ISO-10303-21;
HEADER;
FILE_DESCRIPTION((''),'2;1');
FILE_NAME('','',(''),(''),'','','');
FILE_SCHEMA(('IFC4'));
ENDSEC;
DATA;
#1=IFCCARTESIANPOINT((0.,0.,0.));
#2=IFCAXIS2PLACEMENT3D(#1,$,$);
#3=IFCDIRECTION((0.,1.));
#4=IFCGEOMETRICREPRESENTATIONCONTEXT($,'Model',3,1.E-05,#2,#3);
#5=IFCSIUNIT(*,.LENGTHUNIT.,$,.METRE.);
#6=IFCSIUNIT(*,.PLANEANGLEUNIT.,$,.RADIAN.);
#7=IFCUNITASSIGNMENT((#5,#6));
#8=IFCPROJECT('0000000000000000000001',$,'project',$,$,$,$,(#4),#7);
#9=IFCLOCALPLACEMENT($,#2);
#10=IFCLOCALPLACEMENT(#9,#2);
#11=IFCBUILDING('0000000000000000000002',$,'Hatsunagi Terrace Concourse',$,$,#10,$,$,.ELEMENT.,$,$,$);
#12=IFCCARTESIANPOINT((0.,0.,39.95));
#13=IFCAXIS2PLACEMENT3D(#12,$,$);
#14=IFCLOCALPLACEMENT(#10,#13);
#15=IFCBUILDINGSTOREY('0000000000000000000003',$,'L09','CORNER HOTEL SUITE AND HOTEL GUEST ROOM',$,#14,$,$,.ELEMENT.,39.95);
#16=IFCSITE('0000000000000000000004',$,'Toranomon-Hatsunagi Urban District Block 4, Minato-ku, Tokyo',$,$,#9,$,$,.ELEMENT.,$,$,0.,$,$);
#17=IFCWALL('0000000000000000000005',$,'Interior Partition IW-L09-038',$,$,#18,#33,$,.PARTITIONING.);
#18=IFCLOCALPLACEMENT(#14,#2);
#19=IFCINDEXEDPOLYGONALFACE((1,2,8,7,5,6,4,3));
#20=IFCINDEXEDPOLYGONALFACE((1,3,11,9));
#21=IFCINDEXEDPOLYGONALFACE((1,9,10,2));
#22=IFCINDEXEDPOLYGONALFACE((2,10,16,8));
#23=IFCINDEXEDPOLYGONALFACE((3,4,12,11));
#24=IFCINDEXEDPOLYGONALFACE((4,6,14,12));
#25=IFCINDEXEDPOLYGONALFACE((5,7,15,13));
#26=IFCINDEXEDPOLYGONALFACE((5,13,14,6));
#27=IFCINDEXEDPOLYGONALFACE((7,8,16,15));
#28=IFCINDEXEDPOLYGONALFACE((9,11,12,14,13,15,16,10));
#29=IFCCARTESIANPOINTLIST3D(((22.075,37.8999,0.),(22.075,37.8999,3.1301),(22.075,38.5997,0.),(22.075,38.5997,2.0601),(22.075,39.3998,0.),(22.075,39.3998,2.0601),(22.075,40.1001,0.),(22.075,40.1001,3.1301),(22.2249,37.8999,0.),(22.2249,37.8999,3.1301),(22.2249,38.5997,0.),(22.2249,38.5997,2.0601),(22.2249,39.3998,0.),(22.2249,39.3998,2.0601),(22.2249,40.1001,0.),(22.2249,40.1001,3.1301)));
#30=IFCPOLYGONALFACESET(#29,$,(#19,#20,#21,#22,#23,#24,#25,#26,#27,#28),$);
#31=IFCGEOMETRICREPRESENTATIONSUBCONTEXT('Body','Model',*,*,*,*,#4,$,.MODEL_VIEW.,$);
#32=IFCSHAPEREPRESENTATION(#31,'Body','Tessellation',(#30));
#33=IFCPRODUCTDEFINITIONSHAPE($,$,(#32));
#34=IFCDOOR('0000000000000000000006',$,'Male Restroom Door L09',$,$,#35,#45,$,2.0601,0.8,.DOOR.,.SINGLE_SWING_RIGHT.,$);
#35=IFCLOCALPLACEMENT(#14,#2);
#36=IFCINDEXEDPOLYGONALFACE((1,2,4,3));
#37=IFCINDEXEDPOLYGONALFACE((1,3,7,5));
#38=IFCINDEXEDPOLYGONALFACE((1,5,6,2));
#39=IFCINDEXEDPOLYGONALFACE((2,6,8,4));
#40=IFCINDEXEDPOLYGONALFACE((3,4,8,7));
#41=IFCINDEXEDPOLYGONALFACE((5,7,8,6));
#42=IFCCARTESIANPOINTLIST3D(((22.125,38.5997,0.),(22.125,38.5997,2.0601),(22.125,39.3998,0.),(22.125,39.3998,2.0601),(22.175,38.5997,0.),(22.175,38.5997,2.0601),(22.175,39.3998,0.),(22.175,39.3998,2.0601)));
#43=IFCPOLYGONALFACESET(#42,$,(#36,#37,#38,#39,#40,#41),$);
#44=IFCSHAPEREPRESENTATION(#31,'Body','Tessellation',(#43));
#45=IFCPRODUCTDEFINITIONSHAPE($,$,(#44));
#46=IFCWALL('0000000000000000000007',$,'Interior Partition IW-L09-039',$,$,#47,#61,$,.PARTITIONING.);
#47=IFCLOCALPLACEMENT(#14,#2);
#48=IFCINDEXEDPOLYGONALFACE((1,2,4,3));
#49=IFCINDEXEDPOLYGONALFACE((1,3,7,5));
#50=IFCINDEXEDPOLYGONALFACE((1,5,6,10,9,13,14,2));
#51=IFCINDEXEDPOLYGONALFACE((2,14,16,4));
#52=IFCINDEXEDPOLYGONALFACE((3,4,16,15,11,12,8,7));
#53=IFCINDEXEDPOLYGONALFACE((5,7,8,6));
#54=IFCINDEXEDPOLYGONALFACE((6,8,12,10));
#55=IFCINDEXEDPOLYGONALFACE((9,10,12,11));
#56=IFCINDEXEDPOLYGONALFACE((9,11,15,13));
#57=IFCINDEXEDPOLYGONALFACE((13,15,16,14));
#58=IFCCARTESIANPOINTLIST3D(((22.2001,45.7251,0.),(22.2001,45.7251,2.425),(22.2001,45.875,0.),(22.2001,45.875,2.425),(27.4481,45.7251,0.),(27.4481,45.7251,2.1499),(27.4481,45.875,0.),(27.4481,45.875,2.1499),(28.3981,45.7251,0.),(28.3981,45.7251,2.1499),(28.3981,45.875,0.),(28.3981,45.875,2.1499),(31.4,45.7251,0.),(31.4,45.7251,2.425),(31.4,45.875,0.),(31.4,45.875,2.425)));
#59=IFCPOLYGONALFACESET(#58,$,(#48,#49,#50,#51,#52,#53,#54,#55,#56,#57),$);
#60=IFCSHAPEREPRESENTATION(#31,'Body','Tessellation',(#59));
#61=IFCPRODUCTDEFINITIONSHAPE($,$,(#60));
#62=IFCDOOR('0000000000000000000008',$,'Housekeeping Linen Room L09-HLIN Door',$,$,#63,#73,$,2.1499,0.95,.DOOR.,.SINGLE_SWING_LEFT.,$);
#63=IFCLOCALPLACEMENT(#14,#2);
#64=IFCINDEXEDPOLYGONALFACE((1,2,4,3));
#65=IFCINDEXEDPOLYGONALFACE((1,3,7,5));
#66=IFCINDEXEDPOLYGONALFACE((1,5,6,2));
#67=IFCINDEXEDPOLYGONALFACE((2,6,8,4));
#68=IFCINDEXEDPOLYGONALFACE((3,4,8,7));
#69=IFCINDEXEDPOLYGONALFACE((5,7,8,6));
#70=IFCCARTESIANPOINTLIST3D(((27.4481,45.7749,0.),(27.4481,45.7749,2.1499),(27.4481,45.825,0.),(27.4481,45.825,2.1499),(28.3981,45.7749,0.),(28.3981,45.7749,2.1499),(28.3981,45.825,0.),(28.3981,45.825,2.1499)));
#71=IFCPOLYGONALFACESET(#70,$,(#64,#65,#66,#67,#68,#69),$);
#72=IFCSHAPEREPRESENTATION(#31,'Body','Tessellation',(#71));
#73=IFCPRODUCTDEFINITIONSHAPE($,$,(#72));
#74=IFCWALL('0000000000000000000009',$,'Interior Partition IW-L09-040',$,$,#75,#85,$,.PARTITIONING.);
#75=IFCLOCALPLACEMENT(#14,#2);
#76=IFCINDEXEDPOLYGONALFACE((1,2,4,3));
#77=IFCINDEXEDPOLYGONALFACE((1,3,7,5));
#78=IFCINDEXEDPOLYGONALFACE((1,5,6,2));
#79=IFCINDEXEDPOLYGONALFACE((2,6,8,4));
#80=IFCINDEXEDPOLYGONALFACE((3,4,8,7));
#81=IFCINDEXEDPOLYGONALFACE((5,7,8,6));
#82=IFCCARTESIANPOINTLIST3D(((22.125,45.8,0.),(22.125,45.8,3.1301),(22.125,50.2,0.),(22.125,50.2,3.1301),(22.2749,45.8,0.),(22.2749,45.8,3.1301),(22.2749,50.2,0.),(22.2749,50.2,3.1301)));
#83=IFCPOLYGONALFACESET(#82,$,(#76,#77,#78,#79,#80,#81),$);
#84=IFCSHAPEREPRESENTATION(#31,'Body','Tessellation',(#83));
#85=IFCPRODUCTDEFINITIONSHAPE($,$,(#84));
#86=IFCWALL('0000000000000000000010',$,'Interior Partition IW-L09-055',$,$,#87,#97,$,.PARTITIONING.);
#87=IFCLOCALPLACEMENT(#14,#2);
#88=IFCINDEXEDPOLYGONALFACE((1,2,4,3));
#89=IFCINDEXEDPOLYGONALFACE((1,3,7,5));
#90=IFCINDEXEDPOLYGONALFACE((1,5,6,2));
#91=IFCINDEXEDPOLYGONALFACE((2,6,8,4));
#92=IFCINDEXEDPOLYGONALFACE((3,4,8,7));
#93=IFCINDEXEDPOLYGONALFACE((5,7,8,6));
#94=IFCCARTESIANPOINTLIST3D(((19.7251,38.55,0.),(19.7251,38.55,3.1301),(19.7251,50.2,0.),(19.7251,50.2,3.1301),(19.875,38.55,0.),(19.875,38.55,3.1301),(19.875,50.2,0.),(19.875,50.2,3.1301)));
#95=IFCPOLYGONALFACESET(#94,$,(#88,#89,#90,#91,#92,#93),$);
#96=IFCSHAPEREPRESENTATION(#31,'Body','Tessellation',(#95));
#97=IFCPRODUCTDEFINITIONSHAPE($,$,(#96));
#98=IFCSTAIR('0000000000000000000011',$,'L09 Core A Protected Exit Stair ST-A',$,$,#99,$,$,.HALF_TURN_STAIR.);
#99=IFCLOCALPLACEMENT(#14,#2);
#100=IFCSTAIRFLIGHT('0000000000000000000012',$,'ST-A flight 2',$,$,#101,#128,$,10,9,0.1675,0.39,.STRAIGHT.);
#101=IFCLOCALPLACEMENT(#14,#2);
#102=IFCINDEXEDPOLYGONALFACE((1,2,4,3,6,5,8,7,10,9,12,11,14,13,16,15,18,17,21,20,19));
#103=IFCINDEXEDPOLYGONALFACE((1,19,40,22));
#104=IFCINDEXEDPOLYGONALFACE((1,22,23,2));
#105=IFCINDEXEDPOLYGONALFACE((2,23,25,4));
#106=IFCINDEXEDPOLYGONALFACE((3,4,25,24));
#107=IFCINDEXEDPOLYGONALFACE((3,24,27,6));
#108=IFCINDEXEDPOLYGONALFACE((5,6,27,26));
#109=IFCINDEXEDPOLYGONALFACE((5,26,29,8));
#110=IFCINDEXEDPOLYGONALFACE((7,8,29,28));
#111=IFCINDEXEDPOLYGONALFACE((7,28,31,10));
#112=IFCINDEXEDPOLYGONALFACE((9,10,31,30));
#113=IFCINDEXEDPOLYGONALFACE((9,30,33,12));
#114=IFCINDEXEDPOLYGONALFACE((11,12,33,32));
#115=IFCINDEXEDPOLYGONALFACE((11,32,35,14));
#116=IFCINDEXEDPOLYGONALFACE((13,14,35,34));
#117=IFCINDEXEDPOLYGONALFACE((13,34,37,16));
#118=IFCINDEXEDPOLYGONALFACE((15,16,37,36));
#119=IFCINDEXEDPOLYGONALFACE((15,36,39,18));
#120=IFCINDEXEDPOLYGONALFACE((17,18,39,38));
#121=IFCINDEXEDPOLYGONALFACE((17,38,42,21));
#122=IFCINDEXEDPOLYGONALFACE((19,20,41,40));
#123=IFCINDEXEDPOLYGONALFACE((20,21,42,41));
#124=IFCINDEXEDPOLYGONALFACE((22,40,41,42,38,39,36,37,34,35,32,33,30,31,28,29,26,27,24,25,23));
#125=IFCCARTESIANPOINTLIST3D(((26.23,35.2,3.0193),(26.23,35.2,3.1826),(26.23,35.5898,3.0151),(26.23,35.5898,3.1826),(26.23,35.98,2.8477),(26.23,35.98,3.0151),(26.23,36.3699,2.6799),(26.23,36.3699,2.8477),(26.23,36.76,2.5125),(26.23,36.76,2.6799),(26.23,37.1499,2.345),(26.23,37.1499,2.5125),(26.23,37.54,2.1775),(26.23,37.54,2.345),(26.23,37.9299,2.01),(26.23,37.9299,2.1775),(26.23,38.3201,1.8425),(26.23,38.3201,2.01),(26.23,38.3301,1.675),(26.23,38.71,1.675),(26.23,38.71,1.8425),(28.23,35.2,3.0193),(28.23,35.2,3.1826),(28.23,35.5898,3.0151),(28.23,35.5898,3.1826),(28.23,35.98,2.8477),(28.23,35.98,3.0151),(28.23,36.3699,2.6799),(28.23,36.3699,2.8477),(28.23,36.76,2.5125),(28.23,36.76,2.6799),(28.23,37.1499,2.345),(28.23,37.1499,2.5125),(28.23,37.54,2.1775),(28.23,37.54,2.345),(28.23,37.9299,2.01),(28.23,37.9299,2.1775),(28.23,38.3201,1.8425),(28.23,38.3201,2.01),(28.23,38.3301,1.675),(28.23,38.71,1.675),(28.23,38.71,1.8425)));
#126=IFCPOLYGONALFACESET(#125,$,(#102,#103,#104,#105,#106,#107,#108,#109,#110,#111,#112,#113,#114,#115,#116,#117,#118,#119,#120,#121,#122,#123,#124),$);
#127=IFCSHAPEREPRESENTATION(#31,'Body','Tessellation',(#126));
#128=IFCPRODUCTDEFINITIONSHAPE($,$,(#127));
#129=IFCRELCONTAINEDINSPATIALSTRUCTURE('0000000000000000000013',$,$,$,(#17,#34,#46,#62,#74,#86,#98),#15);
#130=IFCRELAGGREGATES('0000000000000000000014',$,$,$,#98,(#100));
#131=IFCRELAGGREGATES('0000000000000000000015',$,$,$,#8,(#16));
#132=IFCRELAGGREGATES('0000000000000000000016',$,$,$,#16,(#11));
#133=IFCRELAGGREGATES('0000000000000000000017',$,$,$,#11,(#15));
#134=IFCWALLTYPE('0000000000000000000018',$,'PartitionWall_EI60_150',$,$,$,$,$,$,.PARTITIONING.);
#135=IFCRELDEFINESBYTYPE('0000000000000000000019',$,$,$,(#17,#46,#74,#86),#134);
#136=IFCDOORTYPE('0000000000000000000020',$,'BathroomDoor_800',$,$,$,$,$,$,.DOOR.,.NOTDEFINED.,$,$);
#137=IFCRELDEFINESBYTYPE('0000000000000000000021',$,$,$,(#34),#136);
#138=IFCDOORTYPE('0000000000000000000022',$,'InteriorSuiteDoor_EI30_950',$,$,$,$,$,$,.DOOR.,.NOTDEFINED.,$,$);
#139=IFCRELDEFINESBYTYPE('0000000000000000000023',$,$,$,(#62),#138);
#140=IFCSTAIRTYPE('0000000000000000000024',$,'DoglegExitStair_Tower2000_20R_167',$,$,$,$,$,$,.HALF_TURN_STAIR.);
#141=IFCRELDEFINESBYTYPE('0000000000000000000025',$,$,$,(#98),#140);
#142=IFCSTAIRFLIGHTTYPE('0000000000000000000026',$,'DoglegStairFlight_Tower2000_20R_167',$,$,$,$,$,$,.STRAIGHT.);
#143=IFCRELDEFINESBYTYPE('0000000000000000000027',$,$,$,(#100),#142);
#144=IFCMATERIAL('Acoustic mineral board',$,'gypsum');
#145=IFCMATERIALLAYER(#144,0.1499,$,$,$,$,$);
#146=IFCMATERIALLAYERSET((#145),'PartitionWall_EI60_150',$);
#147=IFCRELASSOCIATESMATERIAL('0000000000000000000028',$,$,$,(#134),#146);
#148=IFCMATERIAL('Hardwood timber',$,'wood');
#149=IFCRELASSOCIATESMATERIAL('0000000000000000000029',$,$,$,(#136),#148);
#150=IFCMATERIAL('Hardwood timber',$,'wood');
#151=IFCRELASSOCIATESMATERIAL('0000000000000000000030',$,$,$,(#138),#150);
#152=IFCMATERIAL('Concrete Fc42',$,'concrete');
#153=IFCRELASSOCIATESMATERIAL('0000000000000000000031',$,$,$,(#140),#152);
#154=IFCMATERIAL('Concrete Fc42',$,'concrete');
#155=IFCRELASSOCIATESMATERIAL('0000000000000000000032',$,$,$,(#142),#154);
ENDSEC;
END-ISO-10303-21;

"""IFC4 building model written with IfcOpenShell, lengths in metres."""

from ifc_helpers import new_model, si_unit, direction, frame, frame_2d, origin, place, context, subcontext, project, spatial, polyline, rectangle, outline, extrude, material, layer, layer_set, type_object, element, fill, aggregate, save


model = new_model("IFC4")

# Units and contexts
model_context = context("Model", 3, precision=1e-05, world=origin(), true_north=direction((0.0, 1.0)))
body_context = subcontext(model_context, "Body", "Model", "MODEL_VIEW")
ifc_project = project(units=[si_unit("LENGTHUNIT", "METRE"), si_unit("PLANEANGLEUNIT", "RADIAN")], contexts=[model_context])

# Site, building, storey
site_placement = place(None, origin())
site = spatial("IfcSite", under=ifc_project, at=site_placement, Name="Toranomon-Hatsunagi Urban District Block 4, Minato-ku, Tokyo", CompositionType="ELEMENT", RefElevation=0.0)
building_placement = place(site_placement, origin())
building = spatial("IfcBuilding", under=site, at=building_placement, Name="Hatsunagi Terrace Concourse", CompositionType="ELEMENT")
storey_placement = place(building_placement, frame((0.0, 0.0, 39.95)))
storey = spatial("IfcBuildingStorey", under=building, at=storey_placement, Name="L09", Description="CORNER HOTEL SUITE AND HOTEL GUEST ROOM", CompositionType="ELEMENT", Elevation=39.95)

# Shared definitions
ifc_material_1 = material(Name="Acoustic mineral board", Category="gypsum")
ifc_layer_1 = layer(ifc_material_1, 0.1499)
ifc_layer_set_1 = layer_set([ifc_layer_1], Name="PartitionWall_EI60_150")
wall_type_1 = type_object("IfcWallType", Name="PartitionWall_EI60_150", PredefinedType="PARTITIONING", material=ifc_layer_set_1)

# Walls, openings, doors
ifc_material_2 = material(Name="Hardwood timber", Category="wood")
door_type_1 = type_object("IfcDoorType", Name="BathroomDoor_800", OperationType="NOTDEFINED", PredefinedType="DOOR", material=ifc_material_2)
wall_1_placement = place(storey_placement, frame((22.1499, 37.8999, 0.0), z_axis=(0.0, 0.0, 1.0), x_axis=(0.0, 1.0, 0.0)))
wall_1 = element("IfcWall", 1, at=wall_1_placement, inside=storey, type_object=wall_type_1, Name="Interior Partition IW-L09-038", PredefinedType="PARTITIONING", context=body_context, shape_type="SweptSolid", body=[
    extrude(rectangle(XDim=2.2002, YDim=0.1499, at=frame_2d((1.1001, 0.0))), origin(), (0.0, 0.0, 1.0), 3.1301),
])
opening_1_placement = place(wall_1_placement, frame((0.7, 0.0, 0.0)))
opening_1 = element("IfcOpeningElement", 2, at=opening_1_placement, cuts=wall_1, PredefinedType="OPENING", context=body_context, shape_type="SweptSolid", body=[
    extrude(rectangle(XDim=0.8, YDim=2.0601, at=frame_2d((0.3999, 1.03))), frame((0.0, 0.085, 0.0), z_axis=(0.0, -1.0, 0.0), x_axis=(1.0, 0.0, 0.0)), (0.0, 0.0, 1.0), 0.1699),
])
door_1_placement = place(opening_1_placement, origin())
door_1 = element("IfcDoor", 3, at=door_1_placement, inside=storey, type_object=door_type_1, Name="Male Restroom Door L09", OperationType="SINGLE_SWING_RIGHT", OverallHeight=2.0601, OverallWidth=0.8, PredefinedType="DOOR", context=body_context, shape_type="SweptSolid", body=[
    extrude(rectangle(XDim=0.8, YDim=2.0601, at=frame_2d((0.3999, 1.03))), frame((0.0, 0.0249, 0.0), z_axis=(0.0, -1.0, 0.0), x_axis=(1.0, 0.0, 0.0)), (0.0, 0.0, 1.0), 0.05),
])
fill(opening_1, door_1)
wall_2_placement = place(storey_placement, frame((22.2, 45.8, 0.0), z_axis=(0.0, 0.0, 1.0), x_axis=(1.0, 0.0, 0.0)))
wall_2 = element("IfcWall", 4, at=wall_2_placement, inside=storey, type_object=wall_type_1, Name="Interior Partition IW-L09-039", PredefinedType="PARTITIONING", context=body_context, shape_type="SweptSolid", body=[
    extrude(rectangle(XDim=9.2, YDim=0.1499, at=frame_2d((4.6001, 0.0))), origin(), (0.0, 0.0, 1.0), 2.425),
])
opening_2_placement = place(wall_2_placement, frame((5.248, 0.0, 0.0)))
opening_2 = element("IfcOpeningElement", 5, at=opening_2_placement, cuts=wall_2, PredefinedType="OPENING", context=body_context, shape_type="SweptSolid", body=[
    extrude(rectangle(XDim=0.95, YDim=2.1499, at=frame_2d((0.4751, 1.075))), frame((0.0, 0.085, 0.0), z_axis=(0.0, -1.0, 0.0), x_axis=(1.0, 0.0, 0.0)), (0.0, 0.0, 1.0), 0.1699),
])
ifc_material_3 = material(Name="Hardwood timber", Category="wood")
door_type_2 = type_object("IfcDoorType", Name="InteriorSuiteDoor_EI30_950", OperationType="NOTDEFINED", PredefinedType="DOOR", material=ifc_material_3)
door_2_placement = place(opening_2_placement, origin())
door_2 = element("IfcDoor", 6, at=door_2_placement, inside=storey, type_object=door_type_2, Name="Housekeeping Linen Room L09-HLIN Door", OperationType="SINGLE_SWING_LEFT", OverallHeight=2.1499, OverallWidth=0.95, PredefinedType="DOOR", context=body_context, shape_type="SweptSolid", body=[
    extrude(rectangle(XDim=0.95, YDim=2.1499, at=frame_2d((0.4751, 1.075))), frame((0.0, 0.0249, 0.0), z_axis=(0.0, -1.0, 0.0), x_axis=(1.0, 0.0, 0.0)), (0.0, 0.0, 1.0), 0.05),
])
fill(opening_2, door_2)

# Walls
wall_3_placement = place(storey_placement, frame((22.2, 45.8, 0.0), z_axis=(0.0, 0.0, 1.0), x_axis=(0.0, 1.0, 0.0)))
element("IfcWall", 7, at=wall_3_placement, inside=storey, type_object=wall_type_1, Name="Interior Partition IW-L09-040", PredefinedType="PARTITIONING", context=body_context, shape_type="SweptSolid", body=[
    extrude(rectangle(XDim=4.3999, YDim=0.1499, at=frame_2d((2.2, 0.0))), origin(), (0.0, 0.0, 1.0), 3.1301),
])
wall_4_placement = place(storey_placement, frame((19.8, 38.55, 0.0), z_axis=(0.0, 0.0, 1.0), x_axis=(0.0, 1.0, 0.0)))
element("IfcWall", 8, at=wall_4_placement, inside=storey, type_object=wall_type_1, Name="Interior Partition IW-L09-055", PredefinedType="PARTITIONING", context=body_context, shape_type="SweptSolid", body=[
    extrude(rectangle(XDim=11.6499, YDim=0.1499, at=frame_2d((5.825, 0.0))), origin(), (0.0, 0.0, 1.0), 3.1301),
])

# Stair, stair flight
ifc_material_4 = material(Name="Concrete Fc42", Category="concrete")
stair_type = type_object("IfcStairType", Name="DoglegExitStair_Tower2000_20R_167", PredefinedType="HALF_TURN_STAIR", material=ifc_material_4)
stair_placement = place(storey_placement, origin())
stair = element("IfcStair", 9, at=stair_placement, inside=storey, type_object=stair_type, Name="L09 Core A Protected Exit Stair ST-A", PredefinedType="HALF_TURN_STAIR")
ifc_material_5 = material(Name="Concrete Fc42", Category="concrete")
stair_flight_type = type_object("IfcStairFlightType", Name="DoglegStairFlight_Tower2000_20R_167", PredefinedType="STRAIGHT", material=ifc_material_5)
stair_flight_placement = place(storey_placement, frame((27.23, 38.71, 1.675), z_axis=(0.0, 0.0, 1.0), x_axis=(0.0, -1.0, 0.0)))
stair_flight = element("IfcStairFlight", 10, at=stair_flight_placement, type_object=stair_flight_type, Name="ST-A flight 2", NumberOfRisers=10, NumberOfTreads=9, PredefinedType="STRAIGHT", RiserHeight=0.1675, TreadLength=0.39, context=body_context, shape_type="SweptSolid", body=[
    extrude(outline(polyline([(0.0, 0.0), (0.0, 0.1675), (0.3899, 0.1675), (0.3899, 0.335), (0.78, 0.335), (0.78, 0.5024), (1.1699, 0.5024), (1.1699, 0.6699), (1.5601, 0.6699), (1.5601, 0.8374), (1.95, 0.8374), (1.95, 1.0049), (2.3401, 1.0049), (2.3401, 1.1726), (2.73, 1.1726), (2.73, 1.3401), (3.1201, 1.3401), (3.1201, 1.5076), (3.51, 1.5076), (3.51, 1.675), (3.51, 1.3442), (0.3799, 0.0), (0.0, 0.0)])), frame((0.0, 1.0, 0.0), z_axis=(0.0, -1.0, 0.0), x_axis=(1.0, 0.0, 0.0)), (0.0, 0.0, 1.0), 2.0),
])
aggregate(stair, [stair_flight])

save(model, "model.ifc")
